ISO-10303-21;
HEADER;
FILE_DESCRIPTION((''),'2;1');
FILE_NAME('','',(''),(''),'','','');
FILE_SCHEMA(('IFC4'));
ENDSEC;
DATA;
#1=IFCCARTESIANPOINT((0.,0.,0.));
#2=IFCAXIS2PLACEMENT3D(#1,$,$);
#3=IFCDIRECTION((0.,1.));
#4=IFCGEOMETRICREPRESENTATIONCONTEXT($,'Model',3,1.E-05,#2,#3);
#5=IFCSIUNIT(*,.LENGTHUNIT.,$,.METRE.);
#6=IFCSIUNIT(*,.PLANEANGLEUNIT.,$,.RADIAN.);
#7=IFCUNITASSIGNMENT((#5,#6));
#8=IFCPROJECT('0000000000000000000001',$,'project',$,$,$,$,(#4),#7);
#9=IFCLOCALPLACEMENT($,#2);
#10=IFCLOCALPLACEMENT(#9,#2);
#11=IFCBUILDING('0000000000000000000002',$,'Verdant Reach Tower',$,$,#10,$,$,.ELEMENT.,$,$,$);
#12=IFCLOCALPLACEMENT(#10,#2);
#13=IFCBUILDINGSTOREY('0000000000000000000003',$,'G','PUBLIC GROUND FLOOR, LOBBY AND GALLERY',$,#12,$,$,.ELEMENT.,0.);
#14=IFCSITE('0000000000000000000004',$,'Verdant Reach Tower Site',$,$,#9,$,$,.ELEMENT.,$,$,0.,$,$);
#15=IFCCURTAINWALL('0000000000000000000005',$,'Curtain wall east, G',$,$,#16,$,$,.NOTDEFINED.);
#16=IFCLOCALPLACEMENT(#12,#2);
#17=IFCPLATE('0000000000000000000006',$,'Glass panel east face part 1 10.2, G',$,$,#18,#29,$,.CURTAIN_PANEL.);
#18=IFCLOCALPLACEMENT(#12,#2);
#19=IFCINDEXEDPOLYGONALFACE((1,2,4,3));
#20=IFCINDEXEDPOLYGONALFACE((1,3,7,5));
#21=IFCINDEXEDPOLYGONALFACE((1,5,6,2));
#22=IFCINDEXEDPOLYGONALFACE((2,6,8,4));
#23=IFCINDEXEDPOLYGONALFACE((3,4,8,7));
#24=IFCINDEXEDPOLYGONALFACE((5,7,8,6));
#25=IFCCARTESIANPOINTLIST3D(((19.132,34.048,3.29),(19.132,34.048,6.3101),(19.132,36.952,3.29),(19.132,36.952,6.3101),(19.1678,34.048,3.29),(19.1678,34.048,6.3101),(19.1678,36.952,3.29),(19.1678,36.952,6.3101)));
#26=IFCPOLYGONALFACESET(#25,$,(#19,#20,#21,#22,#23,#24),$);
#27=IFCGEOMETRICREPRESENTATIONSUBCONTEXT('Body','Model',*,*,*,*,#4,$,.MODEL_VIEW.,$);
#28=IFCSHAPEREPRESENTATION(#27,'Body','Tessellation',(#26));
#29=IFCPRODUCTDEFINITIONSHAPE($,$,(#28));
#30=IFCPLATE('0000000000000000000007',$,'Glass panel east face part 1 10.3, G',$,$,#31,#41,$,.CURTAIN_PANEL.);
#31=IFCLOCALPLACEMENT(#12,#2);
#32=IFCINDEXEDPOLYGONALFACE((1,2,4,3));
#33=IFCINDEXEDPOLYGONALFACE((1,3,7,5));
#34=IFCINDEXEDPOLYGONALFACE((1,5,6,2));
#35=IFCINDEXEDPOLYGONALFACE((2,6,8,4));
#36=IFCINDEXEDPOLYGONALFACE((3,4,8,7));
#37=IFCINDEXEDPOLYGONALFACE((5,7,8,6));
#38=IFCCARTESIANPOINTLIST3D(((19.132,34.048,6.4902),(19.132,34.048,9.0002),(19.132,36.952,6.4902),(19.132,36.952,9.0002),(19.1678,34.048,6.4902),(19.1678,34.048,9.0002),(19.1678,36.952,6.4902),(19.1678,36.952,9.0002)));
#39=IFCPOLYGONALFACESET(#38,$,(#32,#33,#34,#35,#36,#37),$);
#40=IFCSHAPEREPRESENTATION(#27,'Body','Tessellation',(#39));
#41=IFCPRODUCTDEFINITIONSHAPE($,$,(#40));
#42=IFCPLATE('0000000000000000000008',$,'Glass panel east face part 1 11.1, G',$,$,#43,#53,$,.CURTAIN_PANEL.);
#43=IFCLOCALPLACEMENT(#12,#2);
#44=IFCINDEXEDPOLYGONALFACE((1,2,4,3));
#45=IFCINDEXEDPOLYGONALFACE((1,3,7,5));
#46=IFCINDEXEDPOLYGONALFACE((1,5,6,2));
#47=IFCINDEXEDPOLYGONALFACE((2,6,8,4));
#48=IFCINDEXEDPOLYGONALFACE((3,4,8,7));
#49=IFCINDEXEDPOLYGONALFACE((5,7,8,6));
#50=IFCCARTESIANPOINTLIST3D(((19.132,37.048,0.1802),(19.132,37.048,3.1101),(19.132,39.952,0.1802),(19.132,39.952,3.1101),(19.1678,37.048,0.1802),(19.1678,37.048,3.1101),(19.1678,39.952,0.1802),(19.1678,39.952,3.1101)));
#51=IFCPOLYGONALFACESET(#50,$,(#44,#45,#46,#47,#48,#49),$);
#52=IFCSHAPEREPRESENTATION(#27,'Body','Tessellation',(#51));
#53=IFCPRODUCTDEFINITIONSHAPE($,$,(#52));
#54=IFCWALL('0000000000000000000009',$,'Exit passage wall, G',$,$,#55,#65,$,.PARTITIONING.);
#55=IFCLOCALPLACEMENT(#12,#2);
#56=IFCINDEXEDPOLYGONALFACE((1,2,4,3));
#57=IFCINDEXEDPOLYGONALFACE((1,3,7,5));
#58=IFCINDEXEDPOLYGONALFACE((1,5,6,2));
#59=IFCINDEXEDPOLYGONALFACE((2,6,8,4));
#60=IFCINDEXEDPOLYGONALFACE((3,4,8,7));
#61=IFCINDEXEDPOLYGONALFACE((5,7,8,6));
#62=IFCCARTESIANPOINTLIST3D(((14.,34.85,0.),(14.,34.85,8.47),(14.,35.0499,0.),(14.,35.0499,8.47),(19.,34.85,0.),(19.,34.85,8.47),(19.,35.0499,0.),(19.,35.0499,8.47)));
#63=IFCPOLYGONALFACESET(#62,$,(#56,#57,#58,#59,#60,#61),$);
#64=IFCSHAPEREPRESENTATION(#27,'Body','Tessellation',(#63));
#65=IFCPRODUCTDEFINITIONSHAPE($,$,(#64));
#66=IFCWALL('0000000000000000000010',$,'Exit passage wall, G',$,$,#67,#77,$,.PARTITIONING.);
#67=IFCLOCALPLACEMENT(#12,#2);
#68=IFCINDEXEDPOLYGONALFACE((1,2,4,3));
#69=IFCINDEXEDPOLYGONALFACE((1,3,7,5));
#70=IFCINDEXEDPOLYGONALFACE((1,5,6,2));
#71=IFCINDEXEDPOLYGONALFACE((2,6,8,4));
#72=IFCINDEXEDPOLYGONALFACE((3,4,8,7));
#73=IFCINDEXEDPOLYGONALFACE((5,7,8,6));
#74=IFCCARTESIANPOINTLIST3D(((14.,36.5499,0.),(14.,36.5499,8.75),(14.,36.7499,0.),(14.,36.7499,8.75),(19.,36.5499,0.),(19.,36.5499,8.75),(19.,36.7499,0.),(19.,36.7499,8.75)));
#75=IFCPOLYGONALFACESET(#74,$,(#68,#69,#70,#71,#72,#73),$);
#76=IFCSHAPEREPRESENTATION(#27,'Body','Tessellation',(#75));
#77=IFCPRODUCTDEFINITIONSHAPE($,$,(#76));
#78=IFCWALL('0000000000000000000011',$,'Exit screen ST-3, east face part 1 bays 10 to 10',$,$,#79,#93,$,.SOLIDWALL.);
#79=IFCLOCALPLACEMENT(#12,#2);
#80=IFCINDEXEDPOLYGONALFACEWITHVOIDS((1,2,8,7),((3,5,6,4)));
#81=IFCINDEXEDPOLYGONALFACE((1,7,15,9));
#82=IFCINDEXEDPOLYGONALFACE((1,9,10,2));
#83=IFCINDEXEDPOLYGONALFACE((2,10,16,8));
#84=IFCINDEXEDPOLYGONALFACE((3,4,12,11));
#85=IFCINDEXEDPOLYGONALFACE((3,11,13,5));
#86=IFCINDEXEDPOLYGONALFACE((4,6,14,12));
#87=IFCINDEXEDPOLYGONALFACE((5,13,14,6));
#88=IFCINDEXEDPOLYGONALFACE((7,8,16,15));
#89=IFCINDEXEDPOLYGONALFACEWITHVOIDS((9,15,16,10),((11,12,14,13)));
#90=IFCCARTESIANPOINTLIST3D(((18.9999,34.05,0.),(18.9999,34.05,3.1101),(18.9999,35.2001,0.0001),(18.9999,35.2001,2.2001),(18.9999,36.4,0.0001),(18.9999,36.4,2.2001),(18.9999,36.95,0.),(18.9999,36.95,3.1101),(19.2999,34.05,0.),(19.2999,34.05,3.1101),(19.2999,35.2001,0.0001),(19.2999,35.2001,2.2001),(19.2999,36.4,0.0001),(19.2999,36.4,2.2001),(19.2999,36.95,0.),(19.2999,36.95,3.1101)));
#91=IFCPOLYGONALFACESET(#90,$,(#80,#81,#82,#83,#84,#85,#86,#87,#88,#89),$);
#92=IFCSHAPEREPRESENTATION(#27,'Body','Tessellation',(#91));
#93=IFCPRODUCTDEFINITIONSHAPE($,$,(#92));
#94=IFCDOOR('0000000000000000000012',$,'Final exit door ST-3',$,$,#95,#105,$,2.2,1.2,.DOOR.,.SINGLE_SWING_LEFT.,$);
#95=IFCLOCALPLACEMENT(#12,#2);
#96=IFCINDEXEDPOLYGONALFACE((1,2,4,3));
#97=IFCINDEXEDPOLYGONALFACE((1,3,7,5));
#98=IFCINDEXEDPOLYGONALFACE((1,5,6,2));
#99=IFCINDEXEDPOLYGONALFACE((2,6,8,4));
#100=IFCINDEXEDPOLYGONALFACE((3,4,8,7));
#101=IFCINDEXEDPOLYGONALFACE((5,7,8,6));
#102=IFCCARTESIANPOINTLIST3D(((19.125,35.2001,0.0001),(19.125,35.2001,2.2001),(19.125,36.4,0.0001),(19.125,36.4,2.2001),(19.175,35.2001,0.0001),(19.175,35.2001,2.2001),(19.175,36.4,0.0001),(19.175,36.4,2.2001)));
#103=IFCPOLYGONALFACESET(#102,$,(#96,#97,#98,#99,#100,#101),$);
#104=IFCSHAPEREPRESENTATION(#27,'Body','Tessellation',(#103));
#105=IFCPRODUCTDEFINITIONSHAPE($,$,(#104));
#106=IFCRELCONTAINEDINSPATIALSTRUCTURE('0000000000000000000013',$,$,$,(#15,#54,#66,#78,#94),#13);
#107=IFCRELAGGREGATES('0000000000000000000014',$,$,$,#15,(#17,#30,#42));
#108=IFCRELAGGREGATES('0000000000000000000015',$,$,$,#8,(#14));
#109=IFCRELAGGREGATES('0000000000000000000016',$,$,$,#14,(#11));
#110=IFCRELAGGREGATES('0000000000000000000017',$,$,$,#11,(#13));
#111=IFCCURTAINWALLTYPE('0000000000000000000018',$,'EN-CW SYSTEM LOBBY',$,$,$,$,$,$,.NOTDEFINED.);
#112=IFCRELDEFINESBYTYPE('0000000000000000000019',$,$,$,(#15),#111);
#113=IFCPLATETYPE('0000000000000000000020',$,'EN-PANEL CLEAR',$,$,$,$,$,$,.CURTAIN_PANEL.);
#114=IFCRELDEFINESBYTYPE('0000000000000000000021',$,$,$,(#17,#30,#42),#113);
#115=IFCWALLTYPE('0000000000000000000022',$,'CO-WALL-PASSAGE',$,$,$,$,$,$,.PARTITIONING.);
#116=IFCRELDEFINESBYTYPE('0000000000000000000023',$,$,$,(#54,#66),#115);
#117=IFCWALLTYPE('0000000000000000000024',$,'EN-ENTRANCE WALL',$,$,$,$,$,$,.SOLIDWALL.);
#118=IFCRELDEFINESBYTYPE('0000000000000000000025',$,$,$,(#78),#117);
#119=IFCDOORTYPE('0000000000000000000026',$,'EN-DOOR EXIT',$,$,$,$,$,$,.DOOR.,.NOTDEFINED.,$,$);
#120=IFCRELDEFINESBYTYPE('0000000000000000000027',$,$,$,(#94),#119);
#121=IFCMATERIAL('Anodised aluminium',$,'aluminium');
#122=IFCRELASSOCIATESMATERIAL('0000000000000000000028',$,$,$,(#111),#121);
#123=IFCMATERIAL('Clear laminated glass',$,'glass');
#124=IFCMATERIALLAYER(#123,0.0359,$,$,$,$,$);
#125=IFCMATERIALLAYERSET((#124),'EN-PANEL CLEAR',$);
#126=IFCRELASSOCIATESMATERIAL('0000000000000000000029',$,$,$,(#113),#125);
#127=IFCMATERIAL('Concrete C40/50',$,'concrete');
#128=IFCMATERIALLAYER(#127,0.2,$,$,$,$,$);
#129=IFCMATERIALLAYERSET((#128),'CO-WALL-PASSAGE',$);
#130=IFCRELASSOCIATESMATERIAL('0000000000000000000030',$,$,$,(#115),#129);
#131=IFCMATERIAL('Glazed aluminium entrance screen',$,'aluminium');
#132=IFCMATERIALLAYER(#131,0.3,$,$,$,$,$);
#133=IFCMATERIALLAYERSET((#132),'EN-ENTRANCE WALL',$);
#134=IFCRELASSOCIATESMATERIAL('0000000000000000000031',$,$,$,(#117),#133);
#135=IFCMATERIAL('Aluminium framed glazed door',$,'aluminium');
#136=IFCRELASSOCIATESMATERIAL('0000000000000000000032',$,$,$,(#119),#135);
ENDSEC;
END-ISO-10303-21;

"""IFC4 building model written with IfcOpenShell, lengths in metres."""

from ifc_helpers import new_model, si_unit, direction, frame, frame_2d, origin, origin_2d, place, context, subcontext, project, spatial, rectangle, extrude, material, layer, layer_set, type_object, element, fill, aggregate, save


model = new_model("IFC4")

# Units and contexts
model_context = context("Model", 3, precision=1e-05, world=origin(), true_north=direction((0.0, 1.0)))
body_context = subcontext(model_context, "Body", "Model", "MODEL_VIEW")
ifc_project = project(units=[si_unit("LENGTHUNIT", "METRE"), si_unit("PLANEANGLEUNIT", "RADIAN")], contexts=[model_context])

# Site, building, storey
site_placement = place(None, origin())
site = spatial("IfcSite", under=ifc_project, at=site_placement, Name="Verdant Reach Tower Site", CompositionType="ELEMENT", RefElevation=0.0)
building_placement = place(site_placement, origin())
building = spatial("IfcBuilding", under=site, at=building_placement, Name="Verdant Reach Tower", CompositionType="ELEMENT")
storey_placement = place(building_placement, origin())
storey = spatial("IfcBuildingStorey", under=building, at=storey_placement, Name="G", Description="PUBLIC GROUND FLOOR, LOBBY AND GALLERY", CompositionType="ELEMENT", Elevation=0.0)

# Curtain wall
ifc_material_1 = material(Name="Anodised aluminium", Category="aluminium")
curtain_wall_type = type_object("IfcCurtainWallType", Name="EN-CW SYSTEM LOBBY", PredefinedType="NOTDEFINED", material=ifc_material_1)
curtain_wall_placement = place(storey_placement, origin())
curtain_wall = element("IfcCurtainWall", 1, at=curtain_wall_placement, inside=storey, type_object=curtain_wall_type, Name="Curtain wall east, G", PredefinedType="NOTDEFINED")

# Plates
ifc_material_2 = material(Name="Clear laminated glass", Category="glass")
ifc_layer_1 = layer(ifc_material_2, 0.0359)
ifc_layer_set_1 = layer_set([ifc_layer_1], Name="EN-PANEL CLEAR")
plate_type = type_object("IfcPlateType", Name="EN-PANEL CLEAR", PredefinedType="CURTAIN_PANEL", material=ifc_layer_set_1)
plate_1_placement = place(storey_placement, frame((19.1499, 35.5, 3.29), z_axis=(0.0, 0.0, 1.0), x_axis=(0.0, 1.0, 0.0)))
plate_1 = element("IfcPlate", 2, at=plate_1_placement, type_object=plate_type, Name="Glass panel east face part 1 10.2, G", PredefinedType="CURTAIN_PANEL", context=body_context, shape_type="SweptSolid", body=[
    extrude(rectangle(XDim=2.9041, YDim=0.0359, at=origin_2d()), origin(), (0.0, 0.0, 1.0), 3.02),
])
plate_2_placement = place(storey_placement, frame((19.1499, 35.5, 6.4902), z_axis=(0.0, 0.0, 1.0), x_axis=(0.0, 1.0, 0.0)))
plate_2 = element("IfcPlate", 3, at=plate_2_placement, type_object=plate_type, Name="Glass panel east face part 1 10.3, G", PredefinedType="CURTAIN_PANEL", context=body_context, shape_type="SweptSolid", body=[
    extrude(rectangle(XDim=2.9041, YDim=0.0359, at=origin_2d()), origin(), (0.0, 0.0, 1.0), 2.51),
])
plate_3_placement = place(storey_placement, frame((19.1499, 38.5, 0.1802), z_axis=(0.0, 0.0, 1.0), x_axis=(0.0, 1.0, 0.0)))
plate_3 = element("IfcPlate", 4, at=plate_3_placement, type_object=plate_type, Name="Glass panel east face part 1 11.1, G", PredefinedType="CURTAIN_PANEL", context=body_context, shape_type="SweptSolid", body=[
    extrude(rectangle(XDim=2.9041, YDim=0.0359, at=origin_2d()), origin(), (0.0, 0.0, 1.0), 2.9299),
])
aggregate(curtain_wall, [plate_1, plate_2, plate_3])

# Walls
ifc_material_3 = material(Name="Concrete C40/50", Category="concrete")
ifc_layer_2 = layer(ifc_material_3, 0.2)
ifc_layer_set_2 = layer_set([ifc_layer_2], Name="CO-WALL-PASSAGE")
wall_type_1 = type_object("IfcWallType", Name="CO-WALL-PASSAGE", PredefinedType="PARTITIONING", material=ifc_layer_set_2)
wall_1_placement = place(storey_placement, frame((14.0, 34.95, 0.0), z_axis=(0.0, 0.0, 1.0), x_axis=(1.0, 0.0, 0.0)))
element("IfcWall", 5, at=wall_1_placement, inside=storey, type_object=wall_type_1, Name="Exit passage wall, G", PredefinedType="PARTITIONING", context=body_context, shape_type="SweptSolid", body=[
    extrude(rectangle(XDim=5.0, YDim=0.2, at=frame_2d((2.5, 0.0))), origin(), (0.0, 0.0, 1.0), 8.47),
])
wall_2_placement = place(storey_placement, frame((14.0, 36.6499, 0.0), z_axis=(0.0, 0.0, 1.0), x_axis=(1.0, 0.0, 0.0)))
element("IfcWall", 6, at=wall_2_placement, inside=storey, type_object=wall_type_1, Name="Exit passage wall, G", PredefinedType="PARTITIONING", context=body_context, shape_type="SweptSolid", body=[
    extrude(rectangle(XDim=5.0, YDim=0.2, at=frame_2d((2.5, 0.0))), origin(), (0.0, 0.0, 1.0), 8.75),
])

# Wall, opening, door
ifc_material_4 = material(Name="Glazed aluminium entrance screen", Category="aluminium")
ifc_layer_3 = layer(ifc_material_4, 0.3)
ifc_layer_set_3 = layer_set([ifc_layer_3], Name="EN-ENTRANCE WALL")
wall_type_2 = type_object("IfcWallType", Name="EN-ENTRANCE WALL", PredefinedType="SOLIDWALL", material=ifc_layer_set_3)
wall_3_placement = place(storey_placement, frame((19.1499, 34.05, 0.0), z_axis=(0.0, 0.0, 1.0), x_axis=(0.0, 1.0, 0.0)))
wall_3 = element("IfcWall", 7, at=wall_3_placement, inside=storey, type_object=wall_type_2, Name="Exit screen ST-3, east face part 1 bays 10 to 10", PredefinedType="SOLIDWALL", context=body_context, shape_type="SweptSolid", body=[
    extrude(rectangle(XDim=2.8999, YDim=0.3, at=frame_2d((1.45, 0.0))), origin(), (0.0, 0.0, 1.0), 3.1101),
])
opening_placement = place(wall_3_placement, frame((1.1499, 0.0, 0.0)))
opening = element("IfcOpeningElement", 8, at=opening_placement, cuts=wall_3, PredefinedType="OPENING", context=body_context, shape_type="SweptSolid", body=[
    extrude(rectangle(XDim=1.2, YDim=2.2, at=frame_2d((0.6001, 1.1001))), frame((0.0, 0.1599, 0.0), z_axis=(0.0, -1.0, 0.0), x_axis=(1.0, 0.0, 0.0)), (0.0, 0.0, 1.0), 0.3201),
])
ifc_material_5 = material(Name="Aluminium framed glazed door", Category="aluminium")
door_type = type_object("IfcDoorType", Name="EN-DOOR EXIT", OperationType="NOTDEFINED", PredefinedType="DOOR", material=ifc_material_5)
door_placement = place(opening_placement, origin())
door = element("IfcDoor", 9, at=door_placement, inside=storey, type_object=door_type, Name="Final exit door ST-3", OperationType="SINGLE_SWING_LEFT", OverallHeight=2.2, OverallWidth=1.2, PredefinedType="DOOR", context=body_context, shape_type="SweptSolid", body=[
    extrude(rectangle(XDim=1.2, YDim=2.2, at=frame_2d((0.6001, 1.1001))), frame((0.0, 0.0249, 0.0), z_axis=(0.0, -1.0, 0.0), x_axis=(1.0, 0.0, 0.0)), (0.0, 0.0, 1.0), 0.05),
])
fill(opening, door)

save(model, "model.ifc")
